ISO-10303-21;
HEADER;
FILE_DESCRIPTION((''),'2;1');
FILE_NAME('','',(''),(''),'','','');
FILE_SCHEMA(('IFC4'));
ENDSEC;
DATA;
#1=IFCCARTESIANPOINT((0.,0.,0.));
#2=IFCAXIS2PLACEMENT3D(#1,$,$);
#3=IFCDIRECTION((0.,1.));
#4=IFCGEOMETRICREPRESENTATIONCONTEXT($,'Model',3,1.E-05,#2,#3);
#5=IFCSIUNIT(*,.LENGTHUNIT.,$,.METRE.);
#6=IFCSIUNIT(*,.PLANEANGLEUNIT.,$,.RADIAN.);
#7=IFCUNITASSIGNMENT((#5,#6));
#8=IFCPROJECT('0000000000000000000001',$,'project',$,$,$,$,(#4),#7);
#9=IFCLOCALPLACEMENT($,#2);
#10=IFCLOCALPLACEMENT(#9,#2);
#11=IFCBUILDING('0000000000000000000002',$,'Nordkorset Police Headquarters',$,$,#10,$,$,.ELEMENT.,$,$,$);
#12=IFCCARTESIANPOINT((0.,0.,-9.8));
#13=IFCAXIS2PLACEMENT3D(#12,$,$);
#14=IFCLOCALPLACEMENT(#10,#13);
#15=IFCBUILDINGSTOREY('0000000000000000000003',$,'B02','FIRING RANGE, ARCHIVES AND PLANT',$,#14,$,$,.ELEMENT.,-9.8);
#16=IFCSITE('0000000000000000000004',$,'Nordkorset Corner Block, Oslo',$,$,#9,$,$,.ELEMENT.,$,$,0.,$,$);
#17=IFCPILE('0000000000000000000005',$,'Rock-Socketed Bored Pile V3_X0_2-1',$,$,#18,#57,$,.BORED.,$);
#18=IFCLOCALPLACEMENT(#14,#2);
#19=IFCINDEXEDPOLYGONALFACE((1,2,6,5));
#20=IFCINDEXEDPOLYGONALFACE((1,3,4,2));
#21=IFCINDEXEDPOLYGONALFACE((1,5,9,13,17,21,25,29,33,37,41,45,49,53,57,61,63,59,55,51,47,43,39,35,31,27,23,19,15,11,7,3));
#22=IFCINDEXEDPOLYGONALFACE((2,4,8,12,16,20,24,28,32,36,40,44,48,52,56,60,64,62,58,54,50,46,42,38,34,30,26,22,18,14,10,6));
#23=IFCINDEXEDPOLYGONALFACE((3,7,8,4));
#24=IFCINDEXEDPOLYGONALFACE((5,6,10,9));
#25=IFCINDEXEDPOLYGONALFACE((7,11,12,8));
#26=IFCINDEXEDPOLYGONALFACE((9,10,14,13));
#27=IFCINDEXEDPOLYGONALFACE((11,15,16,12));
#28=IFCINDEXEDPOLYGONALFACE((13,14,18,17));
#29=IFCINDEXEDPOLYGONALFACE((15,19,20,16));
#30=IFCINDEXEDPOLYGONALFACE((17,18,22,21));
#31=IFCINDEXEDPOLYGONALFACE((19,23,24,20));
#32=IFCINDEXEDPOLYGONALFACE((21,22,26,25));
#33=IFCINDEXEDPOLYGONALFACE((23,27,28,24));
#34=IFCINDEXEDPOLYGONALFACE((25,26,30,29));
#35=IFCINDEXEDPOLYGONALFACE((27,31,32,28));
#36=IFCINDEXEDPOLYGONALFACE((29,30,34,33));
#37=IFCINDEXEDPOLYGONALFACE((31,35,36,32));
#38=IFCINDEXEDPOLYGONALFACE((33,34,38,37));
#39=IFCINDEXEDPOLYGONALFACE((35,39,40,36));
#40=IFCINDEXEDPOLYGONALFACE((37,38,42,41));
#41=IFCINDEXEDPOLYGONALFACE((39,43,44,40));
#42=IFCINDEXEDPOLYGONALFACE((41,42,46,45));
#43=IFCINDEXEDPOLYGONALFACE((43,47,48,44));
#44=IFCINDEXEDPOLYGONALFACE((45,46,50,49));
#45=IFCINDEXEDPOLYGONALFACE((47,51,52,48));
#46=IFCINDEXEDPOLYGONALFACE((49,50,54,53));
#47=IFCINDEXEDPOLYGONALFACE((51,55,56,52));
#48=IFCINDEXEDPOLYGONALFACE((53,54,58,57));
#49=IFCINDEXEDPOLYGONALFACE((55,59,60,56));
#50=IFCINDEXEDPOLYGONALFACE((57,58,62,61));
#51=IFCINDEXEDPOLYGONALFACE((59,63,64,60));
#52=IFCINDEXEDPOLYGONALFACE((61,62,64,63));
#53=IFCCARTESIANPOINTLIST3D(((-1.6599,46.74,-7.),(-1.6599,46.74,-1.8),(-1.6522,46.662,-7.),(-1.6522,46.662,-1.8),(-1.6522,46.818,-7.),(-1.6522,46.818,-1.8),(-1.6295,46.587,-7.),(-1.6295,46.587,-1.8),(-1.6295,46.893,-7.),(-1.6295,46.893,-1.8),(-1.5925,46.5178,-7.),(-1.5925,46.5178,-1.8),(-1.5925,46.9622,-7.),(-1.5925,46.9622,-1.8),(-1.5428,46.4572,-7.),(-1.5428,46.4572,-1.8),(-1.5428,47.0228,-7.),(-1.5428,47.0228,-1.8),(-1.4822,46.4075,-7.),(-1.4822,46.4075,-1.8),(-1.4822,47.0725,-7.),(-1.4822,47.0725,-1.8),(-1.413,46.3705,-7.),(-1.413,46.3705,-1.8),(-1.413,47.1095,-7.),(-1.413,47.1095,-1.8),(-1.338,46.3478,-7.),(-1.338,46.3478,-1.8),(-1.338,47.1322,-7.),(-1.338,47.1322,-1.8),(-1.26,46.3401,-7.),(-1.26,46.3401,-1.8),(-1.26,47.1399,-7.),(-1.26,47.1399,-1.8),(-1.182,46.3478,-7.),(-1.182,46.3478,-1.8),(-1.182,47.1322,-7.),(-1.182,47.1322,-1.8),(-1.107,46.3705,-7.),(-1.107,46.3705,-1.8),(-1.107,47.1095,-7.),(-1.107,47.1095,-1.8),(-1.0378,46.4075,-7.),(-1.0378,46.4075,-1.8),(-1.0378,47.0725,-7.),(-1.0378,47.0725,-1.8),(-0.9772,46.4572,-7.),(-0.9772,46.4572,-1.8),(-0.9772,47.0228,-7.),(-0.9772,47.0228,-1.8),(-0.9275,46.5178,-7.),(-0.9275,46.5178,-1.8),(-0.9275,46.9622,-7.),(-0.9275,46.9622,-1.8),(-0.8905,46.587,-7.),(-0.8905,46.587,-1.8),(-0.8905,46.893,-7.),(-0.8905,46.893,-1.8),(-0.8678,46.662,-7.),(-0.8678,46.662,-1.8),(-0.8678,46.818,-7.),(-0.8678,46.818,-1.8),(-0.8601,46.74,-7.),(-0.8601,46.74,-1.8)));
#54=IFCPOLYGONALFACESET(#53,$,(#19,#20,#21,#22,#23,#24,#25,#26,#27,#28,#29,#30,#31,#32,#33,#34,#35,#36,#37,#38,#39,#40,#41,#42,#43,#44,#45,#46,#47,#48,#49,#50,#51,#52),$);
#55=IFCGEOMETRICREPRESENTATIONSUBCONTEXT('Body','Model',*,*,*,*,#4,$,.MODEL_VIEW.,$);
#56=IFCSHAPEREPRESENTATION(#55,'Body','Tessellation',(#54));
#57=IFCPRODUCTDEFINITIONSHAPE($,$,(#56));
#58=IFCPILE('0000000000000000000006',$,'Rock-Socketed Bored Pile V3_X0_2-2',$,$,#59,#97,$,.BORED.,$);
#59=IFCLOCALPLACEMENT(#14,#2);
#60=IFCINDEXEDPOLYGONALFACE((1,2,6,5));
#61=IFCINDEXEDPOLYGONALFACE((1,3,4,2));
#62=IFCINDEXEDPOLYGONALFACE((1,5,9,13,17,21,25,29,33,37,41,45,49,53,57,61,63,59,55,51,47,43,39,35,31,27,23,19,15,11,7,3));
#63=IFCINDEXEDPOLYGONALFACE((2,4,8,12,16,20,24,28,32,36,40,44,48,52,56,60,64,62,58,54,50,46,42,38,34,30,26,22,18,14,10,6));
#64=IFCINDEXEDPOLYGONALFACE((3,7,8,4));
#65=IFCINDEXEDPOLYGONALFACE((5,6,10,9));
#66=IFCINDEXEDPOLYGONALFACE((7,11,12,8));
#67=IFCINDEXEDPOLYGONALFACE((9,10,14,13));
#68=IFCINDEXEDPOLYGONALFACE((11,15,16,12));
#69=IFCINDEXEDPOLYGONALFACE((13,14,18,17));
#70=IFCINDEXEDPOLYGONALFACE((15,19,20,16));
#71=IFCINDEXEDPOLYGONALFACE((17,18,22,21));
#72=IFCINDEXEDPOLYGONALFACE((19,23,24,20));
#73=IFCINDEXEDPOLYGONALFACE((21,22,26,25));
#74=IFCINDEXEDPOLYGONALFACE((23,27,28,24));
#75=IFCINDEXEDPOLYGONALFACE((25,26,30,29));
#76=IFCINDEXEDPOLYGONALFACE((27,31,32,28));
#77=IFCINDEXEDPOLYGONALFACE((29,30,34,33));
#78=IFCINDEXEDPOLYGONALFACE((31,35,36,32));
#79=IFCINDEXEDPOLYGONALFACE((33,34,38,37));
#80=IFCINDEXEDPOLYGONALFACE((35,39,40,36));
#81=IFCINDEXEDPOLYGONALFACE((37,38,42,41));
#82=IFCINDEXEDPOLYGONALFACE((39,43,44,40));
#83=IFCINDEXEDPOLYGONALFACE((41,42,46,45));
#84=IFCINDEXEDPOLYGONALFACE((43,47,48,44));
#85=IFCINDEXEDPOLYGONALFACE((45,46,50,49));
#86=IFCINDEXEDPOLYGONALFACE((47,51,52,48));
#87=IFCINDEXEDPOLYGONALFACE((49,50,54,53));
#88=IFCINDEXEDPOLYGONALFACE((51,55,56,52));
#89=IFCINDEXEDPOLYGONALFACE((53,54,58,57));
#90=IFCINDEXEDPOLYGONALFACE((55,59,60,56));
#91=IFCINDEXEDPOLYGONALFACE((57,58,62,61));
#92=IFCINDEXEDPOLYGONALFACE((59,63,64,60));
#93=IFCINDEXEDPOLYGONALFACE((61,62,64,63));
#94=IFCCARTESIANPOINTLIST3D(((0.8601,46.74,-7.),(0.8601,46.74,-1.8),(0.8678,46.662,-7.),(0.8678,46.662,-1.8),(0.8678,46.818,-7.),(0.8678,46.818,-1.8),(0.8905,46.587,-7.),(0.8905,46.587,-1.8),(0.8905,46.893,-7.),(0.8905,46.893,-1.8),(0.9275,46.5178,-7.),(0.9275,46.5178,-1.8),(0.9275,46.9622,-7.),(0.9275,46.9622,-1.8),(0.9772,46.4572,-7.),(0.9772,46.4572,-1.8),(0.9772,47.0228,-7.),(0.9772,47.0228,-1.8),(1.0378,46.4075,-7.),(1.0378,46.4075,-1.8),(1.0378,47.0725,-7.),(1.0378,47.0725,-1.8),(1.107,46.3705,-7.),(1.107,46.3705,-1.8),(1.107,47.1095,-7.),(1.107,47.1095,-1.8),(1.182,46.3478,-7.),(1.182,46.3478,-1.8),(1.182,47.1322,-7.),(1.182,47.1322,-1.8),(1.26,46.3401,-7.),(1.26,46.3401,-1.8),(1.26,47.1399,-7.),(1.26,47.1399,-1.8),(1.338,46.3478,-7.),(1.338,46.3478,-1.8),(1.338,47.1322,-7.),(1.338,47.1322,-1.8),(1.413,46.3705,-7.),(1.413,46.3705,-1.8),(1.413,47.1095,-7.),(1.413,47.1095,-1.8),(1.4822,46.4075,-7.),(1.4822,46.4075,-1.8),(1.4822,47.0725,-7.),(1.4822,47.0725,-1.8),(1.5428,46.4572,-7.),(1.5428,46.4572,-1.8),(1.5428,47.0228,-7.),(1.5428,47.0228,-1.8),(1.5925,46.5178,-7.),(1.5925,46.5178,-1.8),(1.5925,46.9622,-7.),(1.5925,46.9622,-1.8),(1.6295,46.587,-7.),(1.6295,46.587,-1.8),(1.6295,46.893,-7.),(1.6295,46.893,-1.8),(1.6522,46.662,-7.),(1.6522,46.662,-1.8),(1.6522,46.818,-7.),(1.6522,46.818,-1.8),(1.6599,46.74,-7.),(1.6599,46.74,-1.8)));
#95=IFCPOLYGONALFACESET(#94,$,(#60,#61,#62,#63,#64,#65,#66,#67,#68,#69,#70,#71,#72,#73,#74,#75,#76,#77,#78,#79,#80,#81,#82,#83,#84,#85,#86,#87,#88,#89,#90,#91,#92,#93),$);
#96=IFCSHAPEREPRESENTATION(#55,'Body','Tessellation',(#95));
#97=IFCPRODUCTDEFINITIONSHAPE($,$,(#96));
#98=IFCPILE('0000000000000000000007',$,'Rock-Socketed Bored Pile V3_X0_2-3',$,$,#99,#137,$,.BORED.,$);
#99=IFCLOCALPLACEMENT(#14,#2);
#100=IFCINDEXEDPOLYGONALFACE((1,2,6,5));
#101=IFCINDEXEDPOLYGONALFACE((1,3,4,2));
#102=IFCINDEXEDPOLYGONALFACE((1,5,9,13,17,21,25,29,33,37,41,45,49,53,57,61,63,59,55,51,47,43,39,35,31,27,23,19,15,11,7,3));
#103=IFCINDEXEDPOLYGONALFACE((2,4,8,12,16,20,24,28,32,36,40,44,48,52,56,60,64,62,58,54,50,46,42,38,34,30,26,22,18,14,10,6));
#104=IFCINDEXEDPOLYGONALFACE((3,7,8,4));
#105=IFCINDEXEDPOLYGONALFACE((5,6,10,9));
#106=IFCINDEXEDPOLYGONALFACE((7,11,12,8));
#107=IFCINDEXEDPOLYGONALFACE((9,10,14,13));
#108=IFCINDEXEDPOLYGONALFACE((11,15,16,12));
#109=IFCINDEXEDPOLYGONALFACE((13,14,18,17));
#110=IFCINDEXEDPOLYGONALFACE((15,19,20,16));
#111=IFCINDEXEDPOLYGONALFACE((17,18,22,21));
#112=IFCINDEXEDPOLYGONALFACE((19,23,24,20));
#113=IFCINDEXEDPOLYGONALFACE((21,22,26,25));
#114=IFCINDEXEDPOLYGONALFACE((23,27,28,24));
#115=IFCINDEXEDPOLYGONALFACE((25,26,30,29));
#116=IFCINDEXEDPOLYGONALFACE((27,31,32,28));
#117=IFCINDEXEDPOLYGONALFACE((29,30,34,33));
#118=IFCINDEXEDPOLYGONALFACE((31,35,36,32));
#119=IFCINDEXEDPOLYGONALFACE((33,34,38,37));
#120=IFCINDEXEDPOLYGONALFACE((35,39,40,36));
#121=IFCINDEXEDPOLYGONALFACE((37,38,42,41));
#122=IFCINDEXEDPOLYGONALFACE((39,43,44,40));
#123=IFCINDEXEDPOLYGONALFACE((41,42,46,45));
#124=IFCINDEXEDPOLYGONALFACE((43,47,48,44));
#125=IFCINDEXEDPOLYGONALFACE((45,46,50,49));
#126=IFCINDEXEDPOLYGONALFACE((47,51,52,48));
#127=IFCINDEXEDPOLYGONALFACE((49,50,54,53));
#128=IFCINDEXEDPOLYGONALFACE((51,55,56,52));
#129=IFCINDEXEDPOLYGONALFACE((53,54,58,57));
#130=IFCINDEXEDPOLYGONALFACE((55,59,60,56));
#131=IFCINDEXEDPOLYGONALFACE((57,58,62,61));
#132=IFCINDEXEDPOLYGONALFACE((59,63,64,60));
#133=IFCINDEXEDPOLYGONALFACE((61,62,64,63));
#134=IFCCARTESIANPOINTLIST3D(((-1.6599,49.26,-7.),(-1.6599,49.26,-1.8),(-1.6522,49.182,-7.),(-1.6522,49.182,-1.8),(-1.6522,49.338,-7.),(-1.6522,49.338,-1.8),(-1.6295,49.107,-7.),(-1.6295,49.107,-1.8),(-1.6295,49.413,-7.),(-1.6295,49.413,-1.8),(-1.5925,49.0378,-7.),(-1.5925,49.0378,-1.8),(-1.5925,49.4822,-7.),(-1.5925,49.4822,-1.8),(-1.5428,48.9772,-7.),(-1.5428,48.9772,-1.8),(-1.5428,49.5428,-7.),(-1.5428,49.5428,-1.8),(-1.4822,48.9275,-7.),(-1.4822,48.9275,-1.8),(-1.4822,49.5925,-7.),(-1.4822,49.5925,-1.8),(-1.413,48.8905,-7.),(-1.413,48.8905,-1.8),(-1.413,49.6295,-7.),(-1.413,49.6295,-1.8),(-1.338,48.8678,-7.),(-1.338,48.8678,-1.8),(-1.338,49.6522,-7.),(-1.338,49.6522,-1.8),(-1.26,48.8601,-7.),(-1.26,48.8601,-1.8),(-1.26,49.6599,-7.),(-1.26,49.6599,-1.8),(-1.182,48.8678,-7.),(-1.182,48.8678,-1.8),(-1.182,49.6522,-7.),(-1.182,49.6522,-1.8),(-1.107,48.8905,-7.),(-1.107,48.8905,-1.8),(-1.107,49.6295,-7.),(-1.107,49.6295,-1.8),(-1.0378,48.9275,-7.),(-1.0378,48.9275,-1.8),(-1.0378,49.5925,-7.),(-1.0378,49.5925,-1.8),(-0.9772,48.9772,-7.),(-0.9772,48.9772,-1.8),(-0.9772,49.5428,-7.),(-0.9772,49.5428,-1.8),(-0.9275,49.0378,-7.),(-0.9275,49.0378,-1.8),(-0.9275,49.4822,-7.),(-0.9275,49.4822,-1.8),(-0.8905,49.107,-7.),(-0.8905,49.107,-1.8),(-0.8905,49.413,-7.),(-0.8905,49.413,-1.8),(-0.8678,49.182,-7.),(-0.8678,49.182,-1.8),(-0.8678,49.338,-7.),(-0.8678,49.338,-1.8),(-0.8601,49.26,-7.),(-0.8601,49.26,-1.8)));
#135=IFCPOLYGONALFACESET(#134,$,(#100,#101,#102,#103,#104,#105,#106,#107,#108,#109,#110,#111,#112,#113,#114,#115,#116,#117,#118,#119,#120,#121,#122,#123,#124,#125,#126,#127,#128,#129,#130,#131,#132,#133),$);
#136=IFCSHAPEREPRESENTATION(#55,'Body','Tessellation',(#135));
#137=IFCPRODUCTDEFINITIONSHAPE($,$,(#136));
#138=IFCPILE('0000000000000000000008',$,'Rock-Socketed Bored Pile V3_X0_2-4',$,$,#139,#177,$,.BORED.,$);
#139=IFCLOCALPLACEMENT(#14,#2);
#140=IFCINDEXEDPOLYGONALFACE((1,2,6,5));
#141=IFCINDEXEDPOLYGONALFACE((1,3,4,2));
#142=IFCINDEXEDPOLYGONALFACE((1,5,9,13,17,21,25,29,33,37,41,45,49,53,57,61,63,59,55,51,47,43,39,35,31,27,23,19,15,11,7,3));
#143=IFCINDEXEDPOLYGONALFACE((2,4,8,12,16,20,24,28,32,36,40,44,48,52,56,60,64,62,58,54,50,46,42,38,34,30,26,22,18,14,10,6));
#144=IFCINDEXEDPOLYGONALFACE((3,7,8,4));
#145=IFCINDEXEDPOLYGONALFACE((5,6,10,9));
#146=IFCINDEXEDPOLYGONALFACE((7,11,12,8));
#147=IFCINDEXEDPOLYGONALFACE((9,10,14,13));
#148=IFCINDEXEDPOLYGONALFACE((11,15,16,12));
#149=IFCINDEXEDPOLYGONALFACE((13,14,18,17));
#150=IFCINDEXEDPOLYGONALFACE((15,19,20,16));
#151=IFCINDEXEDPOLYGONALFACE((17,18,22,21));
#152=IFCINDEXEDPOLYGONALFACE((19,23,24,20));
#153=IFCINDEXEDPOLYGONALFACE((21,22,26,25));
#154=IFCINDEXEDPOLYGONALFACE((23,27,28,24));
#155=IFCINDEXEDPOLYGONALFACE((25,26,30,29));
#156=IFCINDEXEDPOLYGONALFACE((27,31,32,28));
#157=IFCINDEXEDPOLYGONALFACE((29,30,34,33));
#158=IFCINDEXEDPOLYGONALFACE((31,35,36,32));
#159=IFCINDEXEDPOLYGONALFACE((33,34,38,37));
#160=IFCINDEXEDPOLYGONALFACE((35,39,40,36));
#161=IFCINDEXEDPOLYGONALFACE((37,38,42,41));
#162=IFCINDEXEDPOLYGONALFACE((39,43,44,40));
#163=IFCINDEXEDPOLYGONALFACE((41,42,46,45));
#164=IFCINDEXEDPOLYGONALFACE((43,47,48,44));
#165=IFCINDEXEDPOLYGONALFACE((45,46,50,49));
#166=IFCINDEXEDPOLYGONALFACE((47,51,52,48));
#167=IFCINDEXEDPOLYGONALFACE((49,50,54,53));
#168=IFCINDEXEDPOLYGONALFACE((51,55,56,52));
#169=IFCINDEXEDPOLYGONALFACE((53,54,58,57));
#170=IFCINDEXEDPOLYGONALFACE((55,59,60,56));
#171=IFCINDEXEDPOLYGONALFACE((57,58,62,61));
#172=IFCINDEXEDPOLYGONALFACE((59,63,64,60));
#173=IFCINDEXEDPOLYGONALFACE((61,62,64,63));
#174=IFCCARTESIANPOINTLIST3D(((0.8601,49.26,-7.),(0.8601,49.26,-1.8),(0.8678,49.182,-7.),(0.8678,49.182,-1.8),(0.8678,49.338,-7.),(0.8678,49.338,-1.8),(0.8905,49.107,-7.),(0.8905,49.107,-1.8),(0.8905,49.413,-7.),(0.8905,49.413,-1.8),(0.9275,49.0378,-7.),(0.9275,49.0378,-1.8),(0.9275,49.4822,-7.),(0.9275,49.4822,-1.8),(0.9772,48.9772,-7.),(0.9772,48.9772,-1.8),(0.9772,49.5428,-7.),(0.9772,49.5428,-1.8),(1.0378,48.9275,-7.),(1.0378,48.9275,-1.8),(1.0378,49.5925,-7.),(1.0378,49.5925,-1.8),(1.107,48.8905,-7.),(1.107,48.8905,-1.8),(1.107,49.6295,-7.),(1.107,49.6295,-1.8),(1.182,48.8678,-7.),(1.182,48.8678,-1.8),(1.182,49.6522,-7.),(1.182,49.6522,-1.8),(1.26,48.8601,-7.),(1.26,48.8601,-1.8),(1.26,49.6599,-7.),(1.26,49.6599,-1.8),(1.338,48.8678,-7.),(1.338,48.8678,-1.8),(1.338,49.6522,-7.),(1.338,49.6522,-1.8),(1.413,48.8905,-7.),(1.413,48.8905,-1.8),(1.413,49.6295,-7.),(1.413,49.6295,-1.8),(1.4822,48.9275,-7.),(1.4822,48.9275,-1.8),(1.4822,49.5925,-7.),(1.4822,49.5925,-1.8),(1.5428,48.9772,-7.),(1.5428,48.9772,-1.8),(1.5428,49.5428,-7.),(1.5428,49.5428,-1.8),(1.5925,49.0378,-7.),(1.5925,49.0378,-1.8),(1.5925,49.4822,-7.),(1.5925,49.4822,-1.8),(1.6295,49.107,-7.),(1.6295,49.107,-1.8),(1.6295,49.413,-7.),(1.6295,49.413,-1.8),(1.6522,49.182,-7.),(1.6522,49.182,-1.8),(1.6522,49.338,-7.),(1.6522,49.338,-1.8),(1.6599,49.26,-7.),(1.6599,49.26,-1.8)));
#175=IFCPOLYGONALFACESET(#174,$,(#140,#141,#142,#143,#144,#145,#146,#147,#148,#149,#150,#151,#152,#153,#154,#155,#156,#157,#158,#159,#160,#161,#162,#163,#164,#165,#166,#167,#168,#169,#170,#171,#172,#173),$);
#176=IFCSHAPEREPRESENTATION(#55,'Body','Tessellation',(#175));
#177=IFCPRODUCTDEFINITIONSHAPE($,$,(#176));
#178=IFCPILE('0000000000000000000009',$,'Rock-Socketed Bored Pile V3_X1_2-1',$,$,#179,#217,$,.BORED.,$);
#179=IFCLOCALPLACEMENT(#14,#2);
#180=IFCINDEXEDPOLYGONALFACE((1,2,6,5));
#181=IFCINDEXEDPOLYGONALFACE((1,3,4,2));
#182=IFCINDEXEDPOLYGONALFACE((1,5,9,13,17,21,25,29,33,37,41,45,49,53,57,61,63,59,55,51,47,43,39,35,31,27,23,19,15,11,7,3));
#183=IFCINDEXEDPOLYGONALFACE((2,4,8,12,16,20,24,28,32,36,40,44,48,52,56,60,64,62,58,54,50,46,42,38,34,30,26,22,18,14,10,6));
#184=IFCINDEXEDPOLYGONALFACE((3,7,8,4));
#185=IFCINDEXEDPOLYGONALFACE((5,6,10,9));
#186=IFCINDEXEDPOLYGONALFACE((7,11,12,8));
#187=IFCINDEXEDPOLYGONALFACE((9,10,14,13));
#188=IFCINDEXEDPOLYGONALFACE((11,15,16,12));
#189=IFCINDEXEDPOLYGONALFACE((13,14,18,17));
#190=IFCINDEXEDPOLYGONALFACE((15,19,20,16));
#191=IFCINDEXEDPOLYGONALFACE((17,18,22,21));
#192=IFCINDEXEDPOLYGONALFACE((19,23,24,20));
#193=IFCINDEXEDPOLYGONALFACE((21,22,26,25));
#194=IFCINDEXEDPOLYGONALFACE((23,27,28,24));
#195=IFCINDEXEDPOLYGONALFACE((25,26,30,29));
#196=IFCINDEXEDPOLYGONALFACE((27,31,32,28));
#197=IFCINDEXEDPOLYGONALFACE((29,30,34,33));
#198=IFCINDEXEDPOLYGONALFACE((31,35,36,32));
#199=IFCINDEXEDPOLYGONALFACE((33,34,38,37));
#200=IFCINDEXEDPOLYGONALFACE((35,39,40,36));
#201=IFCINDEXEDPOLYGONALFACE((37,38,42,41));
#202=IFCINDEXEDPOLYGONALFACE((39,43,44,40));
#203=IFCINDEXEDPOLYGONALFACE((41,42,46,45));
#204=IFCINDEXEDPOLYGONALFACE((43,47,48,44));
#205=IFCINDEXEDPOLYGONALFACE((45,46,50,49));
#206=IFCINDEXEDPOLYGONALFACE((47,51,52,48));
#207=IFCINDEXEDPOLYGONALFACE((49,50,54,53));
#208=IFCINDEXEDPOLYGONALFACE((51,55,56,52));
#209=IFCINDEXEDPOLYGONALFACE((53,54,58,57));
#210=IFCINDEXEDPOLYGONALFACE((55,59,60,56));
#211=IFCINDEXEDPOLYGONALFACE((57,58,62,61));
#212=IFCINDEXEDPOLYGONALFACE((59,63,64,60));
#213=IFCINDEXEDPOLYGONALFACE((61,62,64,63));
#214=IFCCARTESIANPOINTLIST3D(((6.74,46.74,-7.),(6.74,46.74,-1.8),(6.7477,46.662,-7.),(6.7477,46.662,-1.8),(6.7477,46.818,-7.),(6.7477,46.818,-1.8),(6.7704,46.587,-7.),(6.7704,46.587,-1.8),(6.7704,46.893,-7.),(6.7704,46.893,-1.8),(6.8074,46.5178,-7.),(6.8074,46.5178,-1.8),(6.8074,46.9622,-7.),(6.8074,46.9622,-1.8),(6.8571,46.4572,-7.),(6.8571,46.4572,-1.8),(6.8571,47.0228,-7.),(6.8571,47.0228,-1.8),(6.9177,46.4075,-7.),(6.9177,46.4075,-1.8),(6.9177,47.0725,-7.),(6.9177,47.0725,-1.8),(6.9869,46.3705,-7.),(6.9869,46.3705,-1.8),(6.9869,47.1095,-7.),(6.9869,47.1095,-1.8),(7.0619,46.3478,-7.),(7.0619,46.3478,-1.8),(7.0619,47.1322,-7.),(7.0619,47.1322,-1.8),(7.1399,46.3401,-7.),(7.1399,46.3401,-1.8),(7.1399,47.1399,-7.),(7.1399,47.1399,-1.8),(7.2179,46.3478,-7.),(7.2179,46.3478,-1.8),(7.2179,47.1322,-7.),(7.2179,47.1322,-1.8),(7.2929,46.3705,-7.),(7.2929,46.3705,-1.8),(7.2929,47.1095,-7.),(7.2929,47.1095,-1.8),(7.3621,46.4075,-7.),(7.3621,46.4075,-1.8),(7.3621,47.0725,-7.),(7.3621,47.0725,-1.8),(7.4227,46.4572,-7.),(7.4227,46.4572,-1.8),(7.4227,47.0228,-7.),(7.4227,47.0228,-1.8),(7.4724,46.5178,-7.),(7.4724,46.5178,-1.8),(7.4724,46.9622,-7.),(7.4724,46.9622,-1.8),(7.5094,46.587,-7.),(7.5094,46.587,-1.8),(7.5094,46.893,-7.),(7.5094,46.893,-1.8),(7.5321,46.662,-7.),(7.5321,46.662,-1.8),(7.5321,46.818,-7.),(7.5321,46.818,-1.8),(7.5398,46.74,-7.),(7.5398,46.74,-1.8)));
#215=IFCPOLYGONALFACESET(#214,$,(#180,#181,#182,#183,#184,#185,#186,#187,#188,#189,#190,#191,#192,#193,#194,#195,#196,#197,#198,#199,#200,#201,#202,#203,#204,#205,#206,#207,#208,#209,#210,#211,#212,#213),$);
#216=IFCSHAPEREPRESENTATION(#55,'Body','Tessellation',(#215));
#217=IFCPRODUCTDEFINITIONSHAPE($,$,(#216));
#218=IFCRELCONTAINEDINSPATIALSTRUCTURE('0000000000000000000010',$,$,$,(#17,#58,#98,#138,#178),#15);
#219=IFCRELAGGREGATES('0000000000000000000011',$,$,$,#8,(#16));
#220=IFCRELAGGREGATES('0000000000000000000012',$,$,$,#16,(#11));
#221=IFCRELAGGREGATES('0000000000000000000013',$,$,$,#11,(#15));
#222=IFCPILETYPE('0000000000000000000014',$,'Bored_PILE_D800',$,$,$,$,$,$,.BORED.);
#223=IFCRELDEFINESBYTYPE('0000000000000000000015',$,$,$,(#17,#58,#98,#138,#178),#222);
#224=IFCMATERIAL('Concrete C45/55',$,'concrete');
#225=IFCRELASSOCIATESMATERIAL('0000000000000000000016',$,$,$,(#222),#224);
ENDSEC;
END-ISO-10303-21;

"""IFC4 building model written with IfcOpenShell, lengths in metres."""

from ifc_helpers import new_model, si_unit, direction, frame, origin, origin_2d, place, context, subcontext, project, spatial, circle, extrude, material, material_profile, profile_set, type_object, element, save


model = new_model("IFC4")

# Units and contexts
model_context = context("Model", 3, precision=1e-05, world=origin(), true_north=direction((0.0, 1.0)))
body_context = subcontext(model_context, "Body", "Model", "MODEL_VIEW")
ifc_project = project(units=[si_unit("LENGTHUNIT", "METRE"), si_unit("PLANEANGLEUNIT", "RADIAN")], contexts=[model_context])

# Site, building, storey
site_placement = place(None, origin())
site = spatial("IfcSite", under=ifc_project, at=site_placement, Name="Nordkorset Corner Block, Oslo", CompositionType="ELEMENT", RefElevation=0.0)
building_placement = place(site_placement, origin())
building = spatial("IfcBuilding", under=site, at=building_placement, Name="Nordkorset Police Headquarters", CompositionType="ELEMENT")
storey_placement = place(building_placement, frame((0.0, 0.0, -9.8)))
storey = spatial("IfcBuildingStorey", under=building, at=storey_placement, Name="B02", Description="FIRING RANGE, ARCHIVES AND PLANT", CompositionType="ELEMENT", Elevation=-9.8)

# Piles
ifc_material_1 = material(Name="Concrete C45/55", Category="concrete")
ifc_material_profile_1 = material_profile(ifc_material_1, circle(Radius=0.3999, at=origin_2d()), Name="PILE D800")
ifc_profile_set_1 = profile_set([ifc_material_profile_1], Name="Concrete C45/55")
pile_type = type_object("IfcPileType", Name="Bored_PILE_D800", PredefinedType="BORED", material=ifc_profile_set_1)
for number, where, z_axis, x_axis, name in (
    (1, (-1.26, 46.74, -1.8), (0.0, 0.0, -1.0), (1.0, 0.0, 0.0), "Rock-Socketed Bored Pile V3_X0_2-1"),
    (2, (1.26, 46.74, -1.8), (0.0, 0.0, -1.0), (1.0, 0.0, 0.0), "Rock-Socketed Bored Pile V3_X0_2-2"),
    (3, (-1.26, 49.26, -1.8), (0.0, 0.0, -1.0), (1.0, 0.0, 0.0), "Rock-Socketed Bored Pile V3_X0_2-3"),
    (4, (1.26, 49.26, -1.8), (0.0, 0.0, -1.0), (1.0, 0.0, 0.0), "Rock-Socketed Bored Pile V3_X0_2-4"),
    (5, (7.1399, 46.74, -1.8), (0.0, 0.0, -1.0), (1.0, 0.0, 0.0), "Rock-Socketed Bored Pile V3_X1_2-1"),
):
    element("IfcPile", number, at=place(storey_placement, frame(where, z_axis=z_axis, x_axis=x_axis)), inside=storey, type_object=pile_type, Name=name, PredefinedType="BORED", context=body_context, shape_type="SweptSolid", body=[
        extrude(circle(Radius=0.3999, at=origin_2d()), origin(), (0.0, 0.0, 1.0), 5.2),
    ])

save(model, "model.ifc")
